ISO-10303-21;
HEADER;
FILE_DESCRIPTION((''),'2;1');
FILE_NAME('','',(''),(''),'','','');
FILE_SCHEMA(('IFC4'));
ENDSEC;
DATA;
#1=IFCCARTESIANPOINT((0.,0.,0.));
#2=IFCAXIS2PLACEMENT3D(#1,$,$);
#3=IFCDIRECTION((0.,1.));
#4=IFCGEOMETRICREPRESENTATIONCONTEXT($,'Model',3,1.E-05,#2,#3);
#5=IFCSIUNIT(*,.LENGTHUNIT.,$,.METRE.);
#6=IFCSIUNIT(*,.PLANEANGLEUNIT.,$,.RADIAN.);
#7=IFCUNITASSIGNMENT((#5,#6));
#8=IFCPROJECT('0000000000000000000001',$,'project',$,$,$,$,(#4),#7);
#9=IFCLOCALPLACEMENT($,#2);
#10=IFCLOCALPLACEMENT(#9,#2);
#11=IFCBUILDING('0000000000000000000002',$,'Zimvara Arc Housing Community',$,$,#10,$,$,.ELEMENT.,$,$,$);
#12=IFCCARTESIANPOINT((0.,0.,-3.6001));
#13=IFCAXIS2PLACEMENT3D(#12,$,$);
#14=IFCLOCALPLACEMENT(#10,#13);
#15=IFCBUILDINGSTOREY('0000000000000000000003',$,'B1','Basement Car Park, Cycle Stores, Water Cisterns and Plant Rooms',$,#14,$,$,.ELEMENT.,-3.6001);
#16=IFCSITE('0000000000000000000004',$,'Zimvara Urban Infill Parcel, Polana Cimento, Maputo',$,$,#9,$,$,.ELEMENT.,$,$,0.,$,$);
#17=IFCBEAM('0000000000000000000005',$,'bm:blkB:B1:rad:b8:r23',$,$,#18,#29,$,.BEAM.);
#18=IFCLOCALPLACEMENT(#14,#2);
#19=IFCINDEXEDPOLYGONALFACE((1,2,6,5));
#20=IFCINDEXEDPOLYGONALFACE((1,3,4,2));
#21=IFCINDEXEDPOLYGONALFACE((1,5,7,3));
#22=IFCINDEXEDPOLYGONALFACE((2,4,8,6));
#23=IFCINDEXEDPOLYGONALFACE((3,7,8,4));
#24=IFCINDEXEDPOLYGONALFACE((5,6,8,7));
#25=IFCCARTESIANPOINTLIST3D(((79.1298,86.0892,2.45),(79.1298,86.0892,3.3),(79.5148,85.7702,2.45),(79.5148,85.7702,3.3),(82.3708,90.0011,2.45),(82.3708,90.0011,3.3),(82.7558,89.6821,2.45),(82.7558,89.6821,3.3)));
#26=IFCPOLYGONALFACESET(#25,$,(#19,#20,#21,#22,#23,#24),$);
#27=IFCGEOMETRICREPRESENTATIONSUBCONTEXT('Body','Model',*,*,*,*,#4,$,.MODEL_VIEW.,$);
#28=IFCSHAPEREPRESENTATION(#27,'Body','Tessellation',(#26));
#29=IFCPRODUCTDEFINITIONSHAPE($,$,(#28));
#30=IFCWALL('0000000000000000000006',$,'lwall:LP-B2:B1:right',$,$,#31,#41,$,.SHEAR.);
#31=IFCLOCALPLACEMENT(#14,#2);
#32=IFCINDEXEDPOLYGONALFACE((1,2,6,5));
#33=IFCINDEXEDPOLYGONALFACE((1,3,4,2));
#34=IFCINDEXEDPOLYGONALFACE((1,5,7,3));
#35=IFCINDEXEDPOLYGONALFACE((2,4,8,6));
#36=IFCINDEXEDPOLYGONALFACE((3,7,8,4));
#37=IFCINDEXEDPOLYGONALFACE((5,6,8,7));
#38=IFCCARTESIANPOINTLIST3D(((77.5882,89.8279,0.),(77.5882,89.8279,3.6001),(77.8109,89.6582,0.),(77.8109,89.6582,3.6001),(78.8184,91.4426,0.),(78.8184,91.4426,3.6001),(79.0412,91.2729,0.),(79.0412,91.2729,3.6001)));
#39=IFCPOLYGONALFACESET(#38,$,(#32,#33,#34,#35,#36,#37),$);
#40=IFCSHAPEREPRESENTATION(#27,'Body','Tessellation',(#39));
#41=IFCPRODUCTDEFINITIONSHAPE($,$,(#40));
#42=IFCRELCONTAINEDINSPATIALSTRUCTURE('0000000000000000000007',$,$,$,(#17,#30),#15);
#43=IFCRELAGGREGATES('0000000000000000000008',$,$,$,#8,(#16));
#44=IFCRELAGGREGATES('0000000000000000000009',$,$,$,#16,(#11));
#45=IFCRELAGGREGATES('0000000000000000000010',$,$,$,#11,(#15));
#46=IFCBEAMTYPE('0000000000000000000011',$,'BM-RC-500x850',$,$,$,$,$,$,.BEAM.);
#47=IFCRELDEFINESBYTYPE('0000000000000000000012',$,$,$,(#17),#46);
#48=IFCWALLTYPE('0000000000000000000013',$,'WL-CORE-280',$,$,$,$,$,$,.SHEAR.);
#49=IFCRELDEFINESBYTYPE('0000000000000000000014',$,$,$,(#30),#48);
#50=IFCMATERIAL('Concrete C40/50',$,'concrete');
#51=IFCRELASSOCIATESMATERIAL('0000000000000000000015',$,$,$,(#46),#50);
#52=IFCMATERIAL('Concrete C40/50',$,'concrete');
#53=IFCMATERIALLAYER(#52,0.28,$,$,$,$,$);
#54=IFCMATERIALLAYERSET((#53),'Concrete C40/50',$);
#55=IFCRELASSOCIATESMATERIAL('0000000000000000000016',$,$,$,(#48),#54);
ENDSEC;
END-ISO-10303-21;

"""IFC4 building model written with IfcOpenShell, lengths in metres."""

from ifc_helpers import new_model, si_unit, direction, frame, frame_2d, origin, origin_2d, place, context, subcontext, project, spatial, rectangle, extrude, material, layer, layer_set, material_profile, profile_set, type_object, element, save


model = new_model("IFC4")

# Units and contexts
model_context = context("Model", 3, precision=1e-05, world=origin(), true_north=direction((0.0, 1.0)))
body_context = subcontext(model_context, "Body", "Model", "MODEL_VIEW")
ifc_project = project(units=[si_unit("LENGTHUNIT", "METRE"), si_unit("PLANEANGLEUNIT", "RADIAN")], contexts=[model_context])

# Site, building, storey
site_placement = place(None, origin())
site = spatial("IfcSite", under=ifc_project, at=site_placement, Name="Zimvara Urban Infill Parcel, Polana Cimento, Maputo", CompositionType="ELEMENT", RefElevation=0.0)
building_placement = place(site_placement, origin())
building = spatial("IfcBuilding", under=site, at=building_placement, Name="Zimvara Arc Housing Community", CompositionType="ELEMENT")
storey_placement = place(building_placement, frame((0.0, 0.0, -3.6001)))
storey = spatial("IfcBuildingStorey", under=building, at=storey_placement, Name="B1", Description="Basement Car Park, Cycle Stores, Water Cisterns and Plant Rooms", CompositionType="ELEMENT", Elevation=-3.6001)

# Beam
ifc_material_1 = material(Name="Concrete C40/50", Category="concrete")
ifc_material_profile_1 = material_profile(ifc_material_1, rectangle(XDim=0.5, YDim=0.8501, at=origin_2d()), Name="RC 500x850")
ifc_profile_set_1 = profile_set([ifc_material_profile_1], Name="Concrete C40/50")
beam_type = type_object("IfcBeamType", Name="BM-RC-500x850", PredefinedType="BEAM", material=ifc_profile_set_1)
for number, where, z_axis, x_axis, name in (
    (1, (79.3223, 85.9297, 2.875), (0.637984, 0.77005, 0.0), (-0.77005, 0.637984, 0.0), "bm:blkB:B1:rad:b8:r23"),
):
    element("IfcBeam", number, at=place(storey_placement, frame(where, z_axis=z_axis, x_axis=x_axis)), inside=storey, type_object=beam_type, Name=name, PredefinedType="BEAM", context=body_context, shape_type="SweptSolid", body=[
        extrude(rectangle(XDim=0.5, YDim=0.8501, at=origin_2d()), origin(), (0.0, 0.0, 1.0), 5.0801),
    ])

# Wall
ifc_material_2 = material(Name="Concrete C40/50", Category="concrete")
ifc_layer = layer(ifc_material_2, 0.28)
ifc_layer_set = layer_set([ifc_layer], Name="Concrete C40/50")
wall_type = type_object("IfcWallType", Name="WL-CORE-280", PredefinedType="SHEAR", material=ifc_layer_set)
wall_placement = place(storey_placement, frame((77.6995, 89.7429, 0.0), z_axis=(0.0, 0.0, 1.0), x_axis=(0.606025, 0.795446, 0.0)))
element("IfcWall", 2, at=wall_placement, inside=storey, type_object=wall_type, Name="lwall:LP-B2:B1:right", PredefinedType="SHEAR", context=body_context, shape_type="SweptSolid", body=[
    extrude(rectangle(XDim=2.03, YDim=0.28, at=frame_2d((1.0151, 0.0))), origin(), (0.0, 0.0, 1.0), 3.6001),
])

save(model, "model.ifc")
